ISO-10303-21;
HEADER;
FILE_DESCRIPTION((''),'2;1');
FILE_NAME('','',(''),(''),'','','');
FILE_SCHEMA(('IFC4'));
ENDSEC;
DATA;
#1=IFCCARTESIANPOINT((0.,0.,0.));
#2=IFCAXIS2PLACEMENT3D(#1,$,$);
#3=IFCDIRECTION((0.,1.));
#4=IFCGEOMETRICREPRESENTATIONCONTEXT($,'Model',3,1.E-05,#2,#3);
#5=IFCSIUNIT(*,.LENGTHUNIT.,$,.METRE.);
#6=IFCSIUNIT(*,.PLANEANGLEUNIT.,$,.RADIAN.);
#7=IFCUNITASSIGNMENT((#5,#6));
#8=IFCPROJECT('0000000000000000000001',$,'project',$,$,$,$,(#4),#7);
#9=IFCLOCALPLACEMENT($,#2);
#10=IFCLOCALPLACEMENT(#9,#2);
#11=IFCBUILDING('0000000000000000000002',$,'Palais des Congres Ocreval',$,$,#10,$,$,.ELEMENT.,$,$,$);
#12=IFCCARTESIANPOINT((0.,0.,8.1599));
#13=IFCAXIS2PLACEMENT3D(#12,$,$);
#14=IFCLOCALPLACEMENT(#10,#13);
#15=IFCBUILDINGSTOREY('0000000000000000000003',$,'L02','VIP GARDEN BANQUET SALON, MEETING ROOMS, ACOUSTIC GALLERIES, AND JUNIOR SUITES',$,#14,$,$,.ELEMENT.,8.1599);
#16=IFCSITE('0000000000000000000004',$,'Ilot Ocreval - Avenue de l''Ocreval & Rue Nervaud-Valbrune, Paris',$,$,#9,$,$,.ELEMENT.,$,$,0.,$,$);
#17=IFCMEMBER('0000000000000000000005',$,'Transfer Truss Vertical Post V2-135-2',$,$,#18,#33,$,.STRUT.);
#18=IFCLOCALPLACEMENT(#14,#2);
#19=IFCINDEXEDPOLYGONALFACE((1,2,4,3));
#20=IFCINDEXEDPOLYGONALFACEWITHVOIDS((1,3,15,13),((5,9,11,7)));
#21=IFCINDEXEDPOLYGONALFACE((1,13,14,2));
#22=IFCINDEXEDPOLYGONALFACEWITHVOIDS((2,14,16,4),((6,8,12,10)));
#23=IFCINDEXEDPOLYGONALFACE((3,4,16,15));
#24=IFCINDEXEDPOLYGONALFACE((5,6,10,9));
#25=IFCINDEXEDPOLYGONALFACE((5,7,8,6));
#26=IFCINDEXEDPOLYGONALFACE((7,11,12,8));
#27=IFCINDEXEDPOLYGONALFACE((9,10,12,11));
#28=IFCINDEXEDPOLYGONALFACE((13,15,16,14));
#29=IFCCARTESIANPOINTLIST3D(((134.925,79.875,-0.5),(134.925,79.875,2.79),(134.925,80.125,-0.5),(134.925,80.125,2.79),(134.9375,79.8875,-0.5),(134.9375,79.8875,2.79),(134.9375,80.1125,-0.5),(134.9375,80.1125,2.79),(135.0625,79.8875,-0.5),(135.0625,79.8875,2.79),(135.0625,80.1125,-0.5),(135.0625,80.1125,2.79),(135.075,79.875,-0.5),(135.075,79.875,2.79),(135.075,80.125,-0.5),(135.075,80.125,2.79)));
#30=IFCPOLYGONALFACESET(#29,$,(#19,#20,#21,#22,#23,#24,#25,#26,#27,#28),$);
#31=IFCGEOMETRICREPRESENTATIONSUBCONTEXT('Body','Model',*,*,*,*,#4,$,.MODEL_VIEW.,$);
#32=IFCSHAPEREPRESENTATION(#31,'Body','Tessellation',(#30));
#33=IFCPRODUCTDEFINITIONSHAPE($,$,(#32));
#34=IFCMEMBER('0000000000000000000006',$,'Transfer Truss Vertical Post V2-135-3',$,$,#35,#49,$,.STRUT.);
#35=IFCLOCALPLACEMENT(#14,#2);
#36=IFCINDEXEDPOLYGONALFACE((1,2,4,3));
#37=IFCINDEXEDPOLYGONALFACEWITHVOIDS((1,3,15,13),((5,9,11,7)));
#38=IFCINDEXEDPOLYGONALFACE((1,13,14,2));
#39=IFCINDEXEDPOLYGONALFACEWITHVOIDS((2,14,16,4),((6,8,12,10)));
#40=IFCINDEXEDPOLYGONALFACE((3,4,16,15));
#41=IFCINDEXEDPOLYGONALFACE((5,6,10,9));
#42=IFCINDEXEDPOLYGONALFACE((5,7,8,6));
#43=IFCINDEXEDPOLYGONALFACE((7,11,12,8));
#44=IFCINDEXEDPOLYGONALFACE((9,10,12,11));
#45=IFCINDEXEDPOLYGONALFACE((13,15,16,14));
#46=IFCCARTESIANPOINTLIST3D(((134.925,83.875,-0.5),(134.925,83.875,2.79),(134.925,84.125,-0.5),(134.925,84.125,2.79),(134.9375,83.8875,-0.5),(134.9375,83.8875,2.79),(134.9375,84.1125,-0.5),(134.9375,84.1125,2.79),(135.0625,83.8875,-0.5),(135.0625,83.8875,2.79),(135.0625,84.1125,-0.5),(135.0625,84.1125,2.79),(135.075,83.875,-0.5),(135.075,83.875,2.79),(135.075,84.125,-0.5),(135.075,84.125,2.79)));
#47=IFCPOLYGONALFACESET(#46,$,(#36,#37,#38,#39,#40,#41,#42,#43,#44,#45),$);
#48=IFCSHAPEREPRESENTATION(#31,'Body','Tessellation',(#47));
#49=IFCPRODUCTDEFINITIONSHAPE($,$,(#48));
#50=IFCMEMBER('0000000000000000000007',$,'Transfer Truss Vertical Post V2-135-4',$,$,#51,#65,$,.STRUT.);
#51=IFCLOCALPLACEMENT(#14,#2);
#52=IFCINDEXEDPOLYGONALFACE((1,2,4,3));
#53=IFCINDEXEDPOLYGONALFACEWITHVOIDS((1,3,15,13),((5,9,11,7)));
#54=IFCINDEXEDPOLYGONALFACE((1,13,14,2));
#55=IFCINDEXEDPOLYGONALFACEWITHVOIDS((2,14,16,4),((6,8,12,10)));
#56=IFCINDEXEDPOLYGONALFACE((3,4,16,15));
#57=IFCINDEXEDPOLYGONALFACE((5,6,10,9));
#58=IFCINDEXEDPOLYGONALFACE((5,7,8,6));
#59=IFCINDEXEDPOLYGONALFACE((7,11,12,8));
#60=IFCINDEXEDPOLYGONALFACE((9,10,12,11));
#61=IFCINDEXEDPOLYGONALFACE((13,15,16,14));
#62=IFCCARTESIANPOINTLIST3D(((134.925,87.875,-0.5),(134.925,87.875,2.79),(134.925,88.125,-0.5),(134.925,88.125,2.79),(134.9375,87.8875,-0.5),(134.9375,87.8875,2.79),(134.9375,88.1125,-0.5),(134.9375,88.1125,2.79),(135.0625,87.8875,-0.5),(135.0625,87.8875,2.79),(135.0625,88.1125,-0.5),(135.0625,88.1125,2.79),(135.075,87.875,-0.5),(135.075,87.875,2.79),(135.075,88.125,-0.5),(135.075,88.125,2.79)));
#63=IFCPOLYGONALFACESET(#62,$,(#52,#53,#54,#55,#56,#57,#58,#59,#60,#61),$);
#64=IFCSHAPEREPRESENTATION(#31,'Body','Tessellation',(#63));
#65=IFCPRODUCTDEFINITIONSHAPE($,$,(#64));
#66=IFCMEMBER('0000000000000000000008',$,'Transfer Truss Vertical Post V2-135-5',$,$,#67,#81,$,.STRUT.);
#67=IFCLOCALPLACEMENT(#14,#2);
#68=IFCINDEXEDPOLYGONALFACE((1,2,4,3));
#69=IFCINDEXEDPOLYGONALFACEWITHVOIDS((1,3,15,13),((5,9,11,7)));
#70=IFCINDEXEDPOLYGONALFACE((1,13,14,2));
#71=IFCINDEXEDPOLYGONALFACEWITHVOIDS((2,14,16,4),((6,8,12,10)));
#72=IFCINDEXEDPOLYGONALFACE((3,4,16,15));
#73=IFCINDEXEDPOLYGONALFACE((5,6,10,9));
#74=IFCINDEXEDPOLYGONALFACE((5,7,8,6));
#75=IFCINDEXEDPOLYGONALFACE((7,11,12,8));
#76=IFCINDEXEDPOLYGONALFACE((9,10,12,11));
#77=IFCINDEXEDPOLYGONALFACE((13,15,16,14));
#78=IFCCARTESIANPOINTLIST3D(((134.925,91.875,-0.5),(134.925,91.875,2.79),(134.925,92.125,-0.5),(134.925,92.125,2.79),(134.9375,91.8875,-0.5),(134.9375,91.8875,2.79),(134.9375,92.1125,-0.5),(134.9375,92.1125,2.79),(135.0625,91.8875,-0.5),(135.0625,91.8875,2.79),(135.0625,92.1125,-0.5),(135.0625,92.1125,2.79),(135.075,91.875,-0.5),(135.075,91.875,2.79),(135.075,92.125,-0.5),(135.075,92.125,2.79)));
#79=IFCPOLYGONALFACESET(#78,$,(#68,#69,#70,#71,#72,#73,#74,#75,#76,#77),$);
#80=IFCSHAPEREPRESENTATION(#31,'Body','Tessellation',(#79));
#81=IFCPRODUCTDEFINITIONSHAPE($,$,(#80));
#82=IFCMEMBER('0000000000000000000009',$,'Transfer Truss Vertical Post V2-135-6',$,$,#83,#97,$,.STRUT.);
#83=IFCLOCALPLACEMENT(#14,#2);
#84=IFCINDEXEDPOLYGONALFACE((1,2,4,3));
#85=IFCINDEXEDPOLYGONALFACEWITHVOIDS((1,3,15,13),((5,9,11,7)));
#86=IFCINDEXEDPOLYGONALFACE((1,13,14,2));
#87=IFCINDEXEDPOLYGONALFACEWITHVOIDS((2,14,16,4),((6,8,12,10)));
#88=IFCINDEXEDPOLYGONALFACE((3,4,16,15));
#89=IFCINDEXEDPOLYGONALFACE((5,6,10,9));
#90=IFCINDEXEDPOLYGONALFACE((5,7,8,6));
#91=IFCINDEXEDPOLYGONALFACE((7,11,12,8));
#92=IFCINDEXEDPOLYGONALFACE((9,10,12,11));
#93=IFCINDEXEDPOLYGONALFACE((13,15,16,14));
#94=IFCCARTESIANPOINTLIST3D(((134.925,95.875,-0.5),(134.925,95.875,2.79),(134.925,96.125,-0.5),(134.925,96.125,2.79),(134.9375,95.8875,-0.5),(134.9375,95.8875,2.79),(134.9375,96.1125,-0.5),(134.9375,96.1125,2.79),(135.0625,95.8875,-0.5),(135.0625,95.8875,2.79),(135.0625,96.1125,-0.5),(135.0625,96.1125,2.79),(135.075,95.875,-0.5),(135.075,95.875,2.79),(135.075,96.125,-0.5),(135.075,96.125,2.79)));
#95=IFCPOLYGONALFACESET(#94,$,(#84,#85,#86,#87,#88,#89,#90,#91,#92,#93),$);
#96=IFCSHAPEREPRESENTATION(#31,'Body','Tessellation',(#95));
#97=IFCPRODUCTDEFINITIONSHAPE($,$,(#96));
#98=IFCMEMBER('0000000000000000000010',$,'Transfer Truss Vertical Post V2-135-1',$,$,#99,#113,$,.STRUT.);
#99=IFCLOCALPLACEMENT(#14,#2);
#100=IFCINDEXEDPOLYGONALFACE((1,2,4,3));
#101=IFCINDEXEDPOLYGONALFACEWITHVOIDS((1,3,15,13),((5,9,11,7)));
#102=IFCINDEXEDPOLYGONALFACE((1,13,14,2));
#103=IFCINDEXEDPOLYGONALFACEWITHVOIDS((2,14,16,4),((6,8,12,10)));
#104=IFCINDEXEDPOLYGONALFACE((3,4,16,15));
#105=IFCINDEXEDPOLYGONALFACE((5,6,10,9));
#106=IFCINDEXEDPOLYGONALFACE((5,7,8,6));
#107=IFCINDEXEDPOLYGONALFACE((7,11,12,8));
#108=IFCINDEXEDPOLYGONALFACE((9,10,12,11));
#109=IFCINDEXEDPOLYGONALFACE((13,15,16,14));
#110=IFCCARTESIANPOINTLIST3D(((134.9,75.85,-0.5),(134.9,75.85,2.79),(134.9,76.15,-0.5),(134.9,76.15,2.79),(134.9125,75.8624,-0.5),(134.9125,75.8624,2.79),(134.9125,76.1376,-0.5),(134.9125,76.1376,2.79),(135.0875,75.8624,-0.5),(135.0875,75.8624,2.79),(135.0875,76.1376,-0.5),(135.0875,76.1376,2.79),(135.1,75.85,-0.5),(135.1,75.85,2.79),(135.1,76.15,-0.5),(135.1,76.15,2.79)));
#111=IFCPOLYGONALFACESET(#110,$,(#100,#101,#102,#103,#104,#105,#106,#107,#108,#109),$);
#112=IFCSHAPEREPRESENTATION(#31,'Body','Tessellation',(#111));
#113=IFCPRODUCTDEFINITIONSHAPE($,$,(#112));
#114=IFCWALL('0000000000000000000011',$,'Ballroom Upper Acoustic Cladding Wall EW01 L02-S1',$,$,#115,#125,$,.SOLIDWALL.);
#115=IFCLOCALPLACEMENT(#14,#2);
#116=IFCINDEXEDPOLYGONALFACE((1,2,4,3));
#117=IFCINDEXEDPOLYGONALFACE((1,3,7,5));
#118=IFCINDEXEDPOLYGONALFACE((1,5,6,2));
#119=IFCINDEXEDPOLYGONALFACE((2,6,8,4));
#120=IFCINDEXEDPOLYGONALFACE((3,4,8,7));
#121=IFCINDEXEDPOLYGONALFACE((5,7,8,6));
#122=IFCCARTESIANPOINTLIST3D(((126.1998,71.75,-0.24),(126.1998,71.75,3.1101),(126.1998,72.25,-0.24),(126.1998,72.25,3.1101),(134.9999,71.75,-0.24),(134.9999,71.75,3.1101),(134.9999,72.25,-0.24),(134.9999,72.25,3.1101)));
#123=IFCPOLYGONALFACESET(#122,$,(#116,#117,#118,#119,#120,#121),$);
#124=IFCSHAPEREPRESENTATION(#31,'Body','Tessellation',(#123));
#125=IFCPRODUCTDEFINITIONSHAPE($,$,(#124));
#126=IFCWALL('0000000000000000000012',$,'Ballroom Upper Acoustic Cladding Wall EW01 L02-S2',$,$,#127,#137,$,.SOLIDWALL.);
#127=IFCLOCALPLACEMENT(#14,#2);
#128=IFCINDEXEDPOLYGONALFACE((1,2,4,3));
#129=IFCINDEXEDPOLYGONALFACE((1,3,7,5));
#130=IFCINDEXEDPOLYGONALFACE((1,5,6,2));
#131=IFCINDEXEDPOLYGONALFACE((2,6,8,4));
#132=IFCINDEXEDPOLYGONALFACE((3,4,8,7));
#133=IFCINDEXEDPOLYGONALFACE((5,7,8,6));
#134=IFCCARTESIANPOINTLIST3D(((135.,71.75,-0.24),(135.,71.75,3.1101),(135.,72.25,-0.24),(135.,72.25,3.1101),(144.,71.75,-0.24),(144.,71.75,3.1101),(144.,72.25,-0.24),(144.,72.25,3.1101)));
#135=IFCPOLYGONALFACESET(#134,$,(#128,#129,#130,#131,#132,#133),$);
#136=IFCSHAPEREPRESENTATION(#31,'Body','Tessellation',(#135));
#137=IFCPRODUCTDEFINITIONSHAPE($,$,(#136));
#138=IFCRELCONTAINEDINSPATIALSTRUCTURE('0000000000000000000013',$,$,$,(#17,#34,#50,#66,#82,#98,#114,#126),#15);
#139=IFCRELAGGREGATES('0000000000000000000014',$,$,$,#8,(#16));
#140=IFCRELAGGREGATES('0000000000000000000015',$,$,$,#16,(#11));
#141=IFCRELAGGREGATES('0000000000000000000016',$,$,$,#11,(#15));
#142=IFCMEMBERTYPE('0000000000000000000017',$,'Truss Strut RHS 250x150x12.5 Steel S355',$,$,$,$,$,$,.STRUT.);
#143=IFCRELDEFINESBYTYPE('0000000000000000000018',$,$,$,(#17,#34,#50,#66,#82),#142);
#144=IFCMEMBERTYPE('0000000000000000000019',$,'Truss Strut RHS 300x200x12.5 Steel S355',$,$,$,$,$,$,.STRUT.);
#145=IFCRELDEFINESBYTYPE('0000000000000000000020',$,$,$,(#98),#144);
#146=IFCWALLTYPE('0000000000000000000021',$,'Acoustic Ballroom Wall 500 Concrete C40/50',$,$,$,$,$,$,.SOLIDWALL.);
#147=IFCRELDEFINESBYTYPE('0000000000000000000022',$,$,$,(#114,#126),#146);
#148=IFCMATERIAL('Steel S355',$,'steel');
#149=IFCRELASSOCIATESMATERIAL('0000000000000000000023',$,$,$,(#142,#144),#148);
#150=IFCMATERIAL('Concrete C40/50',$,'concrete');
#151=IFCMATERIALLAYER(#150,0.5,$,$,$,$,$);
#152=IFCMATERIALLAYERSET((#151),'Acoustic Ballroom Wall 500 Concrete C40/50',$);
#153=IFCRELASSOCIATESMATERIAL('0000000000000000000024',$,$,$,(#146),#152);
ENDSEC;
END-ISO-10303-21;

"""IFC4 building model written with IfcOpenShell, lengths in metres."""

from ifc_helpers import new_model, si_unit, direction, frame, frame_2d, origin, origin_2d, place, context, subcontext, project, spatial, rectangle, hollow_rectangle, extrude, material, layer, layer_set, material_profile, profile_set, type_object, element, save


model = new_model("IFC4")

# Units and contexts
model_context = context("Model", 3, precision=1e-05, world=origin(), true_north=direction((0.0, 1.0)))
body_context = subcontext(model_context, "Body", "Model", "MODEL_VIEW")
ifc_project = project(units=[si_unit("LENGTHUNIT", "METRE"), si_unit("PLANEANGLEUNIT", "RADIAN")], contexts=[model_context])

# Site, building, storey
site_placement = place(None, origin())
site = spatial("IfcSite", under=ifc_project, at=site_placement, Name="Ilot Ocreval - Avenue de l'Ocreval & Rue Nervaud-Valbrune, Paris", CompositionType="ELEMENT", RefElevation=0.0)
building_placement = place(site_placement, origin())
building = spatial("IfcBuilding", under=site, at=building_placement, Name="Palais des Congres Ocreval", CompositionType="ELEMENT")
storey_placement = place(building_placement, frame((0.0, 0.0, 8.1599)))
storey = spatial("IfcBuildingStorey", under=building, at=storey_placement, Name="L02", Description="VIP GARDEN BANQUET SALON, MEETING ROOMS, ACOUSTIC GALLERIES, AND JUNIOR SUITES", CompositionType="ELEMENT", Elevation=8.1599)

# Shared definitions
ifc_material_1 = material(Name="Steel S355", Category="steel")

# Members
ifc_material_profile_1 = material_profile(ifc_material_1, hollow_rectangle(XDim=0.1499, YDim=0.25, WallThickness=0.0125, at=origin_2d()), Name="RHS 250x150x12.5")
ifc_profile_set_1 = profile_set([ifc_material_profile_1], Name="Steel S355")
member_type_1 = type_object("IfcMemberType", Name="Truss Strut RHS 250x150x12.5 Steel S355", PredefinedType="STRUT", material=ifc_profile_set_1)
for number, where, z_axis, x_axis, name in (
    (1, (135.0, 80.0, -0.5), (0.0, 0.0, 1.0), (1.0, 0.0, 0.0), "Transfer Truss Vertical Post V2-135-2"),
    (2, (135.0, 84.0, -0.5), (0.0, 0.0, 1.0), (1.0, 0.0, 0.0), "Transfer Truss Vertical Post V2-135-3"),
    (3, (135.0, 88.0, -0.5), (0.0, 0.0, 1.0), (1.0, 0.0, 0.0), "Transfer Truss Vertical Post V2-135-4"),
    (4, (135.0, 92.0, -0.5), (0.0, 0.0, 1.0), (1.0, 0.0, 0.0), "Transfer Truss Vertical Post V2-135-5"),
    (5, (135.0, 96.0, -0.5), (0.0, 0.0, 1.0), (1.0, 0.0, 0.0), "Transfer Truss Vertical Post V2-135-6"),
):
    element("IfcMember", number, at=place(storey_placement, frame(where, z_axis=z_axis, x_axis=x_axis)), inside=storey, type_object=member_type_1, Name=name, PredefinedType="STRUT", context=body_context, shape_type="SweptSolid", body=[
        extrude(hollow_rectangle(XDim=0.1499, YDim=0.25, WallThickness=0.0125, at=origin_2d()), origin(), (0.0, 0.0, 1.0), 3.29),
    ])
ifc_material_profile_2 = material_profile(ifc_material_1, hollow_rectangle(XDim=0.2, YDim=0.3, WallThickness=0.0125, at=origin_2d()), Name="RHS 300x200x12.5")
ifc_profile_set_2 = profile_set([ifc_material_profile_2], Name="Steel S355")
member_type_2 = type_object("IfcMemberType", Name="Truss Strut RHS 300x200x12.5 Steel S355", PredefinedType="STRUT", material=ifc_profile_set_2)
member_1_placement = place(storey_placement, frame((135.0, 76.0, -0.5), z_axis=(0.0, 0.0, 1.0), x_axis=(1.0, 0.0, 0.0)))
element("IfcMember", 6, at=member_1_placement, inside=storey, type_object=member_type_2, Name="Transfer Truss Vertical Post V2-135-1", PredefinedType="STRUT", context=body_context, shape_type="SweptSolid", body=[
    extrude(hollow_rectangle(XDim=0.2, YDim=0.3, WallThickness=0.0125, at=origin_2d()), origin(), (0.0, 0.0, 1.0), 3.29),
])

# Walls
ifc_material_2 = material(Name="Concrete C40/50", Category="concrete")
ifc_layer = layer(ifc_material_2, 0.5)
ifc_layer_set = layer_set([ifc_layer], Name="Acoustic Ballroom Wall 500 Concrete C40/50")
wall_type = type_object("IfcWallType", Name="Acoustic Ballroom Wall 500 Concrete C40/50", PredefinedType="SOLIDWALL", material=ifc_layer_set)
wall_1_placement = place(storey_placement, frame((126.2, 72.0, -0.24), z_axis=(0.0, 0.0, 1.0), x_axis=(1.0, 0.0, 0.0)))
element("IfcWall", 7, at=wall_1_placement, inside=storey, type_object=wall_type, Name="Ballroom Upper Acoustic Cladding Wall EW01 L02-S1", PredefinedType="SOLIDWALL", context=body_context, shape_type="SweptSolid", body=[
    extrude(rectangle(XDim=8.8, YDim=0.5, at=frame_2d((4.3999, 0.0))), origin(), (0.0, 0.0, 1.0), 3.3501),
])
wall_2_placement = place(storey_placement, frame((135.0, 72.0, -0.24), z_axis=(0.0, 0.0, 1.0), x_axis=(1.0, 0.0, 0.0)))
element("IfcWall", 8, at=wall_2_placement, inside=storey, type_object=wall_type, Name="Ballroom Upper Acoustic Cladding Wall EW01 L02-S2", PredefinedType="SOLIDWALL", context=body_context, shape_type="SweptSolid", body=[
    extrude(rectangle(XDim=9.0, YDim=0.5, at=frame_2d((4.5, 0.0))), origin(), (0.0, 0.0, 1.0), 3.3501),
])

save(model, "model.ifc")
